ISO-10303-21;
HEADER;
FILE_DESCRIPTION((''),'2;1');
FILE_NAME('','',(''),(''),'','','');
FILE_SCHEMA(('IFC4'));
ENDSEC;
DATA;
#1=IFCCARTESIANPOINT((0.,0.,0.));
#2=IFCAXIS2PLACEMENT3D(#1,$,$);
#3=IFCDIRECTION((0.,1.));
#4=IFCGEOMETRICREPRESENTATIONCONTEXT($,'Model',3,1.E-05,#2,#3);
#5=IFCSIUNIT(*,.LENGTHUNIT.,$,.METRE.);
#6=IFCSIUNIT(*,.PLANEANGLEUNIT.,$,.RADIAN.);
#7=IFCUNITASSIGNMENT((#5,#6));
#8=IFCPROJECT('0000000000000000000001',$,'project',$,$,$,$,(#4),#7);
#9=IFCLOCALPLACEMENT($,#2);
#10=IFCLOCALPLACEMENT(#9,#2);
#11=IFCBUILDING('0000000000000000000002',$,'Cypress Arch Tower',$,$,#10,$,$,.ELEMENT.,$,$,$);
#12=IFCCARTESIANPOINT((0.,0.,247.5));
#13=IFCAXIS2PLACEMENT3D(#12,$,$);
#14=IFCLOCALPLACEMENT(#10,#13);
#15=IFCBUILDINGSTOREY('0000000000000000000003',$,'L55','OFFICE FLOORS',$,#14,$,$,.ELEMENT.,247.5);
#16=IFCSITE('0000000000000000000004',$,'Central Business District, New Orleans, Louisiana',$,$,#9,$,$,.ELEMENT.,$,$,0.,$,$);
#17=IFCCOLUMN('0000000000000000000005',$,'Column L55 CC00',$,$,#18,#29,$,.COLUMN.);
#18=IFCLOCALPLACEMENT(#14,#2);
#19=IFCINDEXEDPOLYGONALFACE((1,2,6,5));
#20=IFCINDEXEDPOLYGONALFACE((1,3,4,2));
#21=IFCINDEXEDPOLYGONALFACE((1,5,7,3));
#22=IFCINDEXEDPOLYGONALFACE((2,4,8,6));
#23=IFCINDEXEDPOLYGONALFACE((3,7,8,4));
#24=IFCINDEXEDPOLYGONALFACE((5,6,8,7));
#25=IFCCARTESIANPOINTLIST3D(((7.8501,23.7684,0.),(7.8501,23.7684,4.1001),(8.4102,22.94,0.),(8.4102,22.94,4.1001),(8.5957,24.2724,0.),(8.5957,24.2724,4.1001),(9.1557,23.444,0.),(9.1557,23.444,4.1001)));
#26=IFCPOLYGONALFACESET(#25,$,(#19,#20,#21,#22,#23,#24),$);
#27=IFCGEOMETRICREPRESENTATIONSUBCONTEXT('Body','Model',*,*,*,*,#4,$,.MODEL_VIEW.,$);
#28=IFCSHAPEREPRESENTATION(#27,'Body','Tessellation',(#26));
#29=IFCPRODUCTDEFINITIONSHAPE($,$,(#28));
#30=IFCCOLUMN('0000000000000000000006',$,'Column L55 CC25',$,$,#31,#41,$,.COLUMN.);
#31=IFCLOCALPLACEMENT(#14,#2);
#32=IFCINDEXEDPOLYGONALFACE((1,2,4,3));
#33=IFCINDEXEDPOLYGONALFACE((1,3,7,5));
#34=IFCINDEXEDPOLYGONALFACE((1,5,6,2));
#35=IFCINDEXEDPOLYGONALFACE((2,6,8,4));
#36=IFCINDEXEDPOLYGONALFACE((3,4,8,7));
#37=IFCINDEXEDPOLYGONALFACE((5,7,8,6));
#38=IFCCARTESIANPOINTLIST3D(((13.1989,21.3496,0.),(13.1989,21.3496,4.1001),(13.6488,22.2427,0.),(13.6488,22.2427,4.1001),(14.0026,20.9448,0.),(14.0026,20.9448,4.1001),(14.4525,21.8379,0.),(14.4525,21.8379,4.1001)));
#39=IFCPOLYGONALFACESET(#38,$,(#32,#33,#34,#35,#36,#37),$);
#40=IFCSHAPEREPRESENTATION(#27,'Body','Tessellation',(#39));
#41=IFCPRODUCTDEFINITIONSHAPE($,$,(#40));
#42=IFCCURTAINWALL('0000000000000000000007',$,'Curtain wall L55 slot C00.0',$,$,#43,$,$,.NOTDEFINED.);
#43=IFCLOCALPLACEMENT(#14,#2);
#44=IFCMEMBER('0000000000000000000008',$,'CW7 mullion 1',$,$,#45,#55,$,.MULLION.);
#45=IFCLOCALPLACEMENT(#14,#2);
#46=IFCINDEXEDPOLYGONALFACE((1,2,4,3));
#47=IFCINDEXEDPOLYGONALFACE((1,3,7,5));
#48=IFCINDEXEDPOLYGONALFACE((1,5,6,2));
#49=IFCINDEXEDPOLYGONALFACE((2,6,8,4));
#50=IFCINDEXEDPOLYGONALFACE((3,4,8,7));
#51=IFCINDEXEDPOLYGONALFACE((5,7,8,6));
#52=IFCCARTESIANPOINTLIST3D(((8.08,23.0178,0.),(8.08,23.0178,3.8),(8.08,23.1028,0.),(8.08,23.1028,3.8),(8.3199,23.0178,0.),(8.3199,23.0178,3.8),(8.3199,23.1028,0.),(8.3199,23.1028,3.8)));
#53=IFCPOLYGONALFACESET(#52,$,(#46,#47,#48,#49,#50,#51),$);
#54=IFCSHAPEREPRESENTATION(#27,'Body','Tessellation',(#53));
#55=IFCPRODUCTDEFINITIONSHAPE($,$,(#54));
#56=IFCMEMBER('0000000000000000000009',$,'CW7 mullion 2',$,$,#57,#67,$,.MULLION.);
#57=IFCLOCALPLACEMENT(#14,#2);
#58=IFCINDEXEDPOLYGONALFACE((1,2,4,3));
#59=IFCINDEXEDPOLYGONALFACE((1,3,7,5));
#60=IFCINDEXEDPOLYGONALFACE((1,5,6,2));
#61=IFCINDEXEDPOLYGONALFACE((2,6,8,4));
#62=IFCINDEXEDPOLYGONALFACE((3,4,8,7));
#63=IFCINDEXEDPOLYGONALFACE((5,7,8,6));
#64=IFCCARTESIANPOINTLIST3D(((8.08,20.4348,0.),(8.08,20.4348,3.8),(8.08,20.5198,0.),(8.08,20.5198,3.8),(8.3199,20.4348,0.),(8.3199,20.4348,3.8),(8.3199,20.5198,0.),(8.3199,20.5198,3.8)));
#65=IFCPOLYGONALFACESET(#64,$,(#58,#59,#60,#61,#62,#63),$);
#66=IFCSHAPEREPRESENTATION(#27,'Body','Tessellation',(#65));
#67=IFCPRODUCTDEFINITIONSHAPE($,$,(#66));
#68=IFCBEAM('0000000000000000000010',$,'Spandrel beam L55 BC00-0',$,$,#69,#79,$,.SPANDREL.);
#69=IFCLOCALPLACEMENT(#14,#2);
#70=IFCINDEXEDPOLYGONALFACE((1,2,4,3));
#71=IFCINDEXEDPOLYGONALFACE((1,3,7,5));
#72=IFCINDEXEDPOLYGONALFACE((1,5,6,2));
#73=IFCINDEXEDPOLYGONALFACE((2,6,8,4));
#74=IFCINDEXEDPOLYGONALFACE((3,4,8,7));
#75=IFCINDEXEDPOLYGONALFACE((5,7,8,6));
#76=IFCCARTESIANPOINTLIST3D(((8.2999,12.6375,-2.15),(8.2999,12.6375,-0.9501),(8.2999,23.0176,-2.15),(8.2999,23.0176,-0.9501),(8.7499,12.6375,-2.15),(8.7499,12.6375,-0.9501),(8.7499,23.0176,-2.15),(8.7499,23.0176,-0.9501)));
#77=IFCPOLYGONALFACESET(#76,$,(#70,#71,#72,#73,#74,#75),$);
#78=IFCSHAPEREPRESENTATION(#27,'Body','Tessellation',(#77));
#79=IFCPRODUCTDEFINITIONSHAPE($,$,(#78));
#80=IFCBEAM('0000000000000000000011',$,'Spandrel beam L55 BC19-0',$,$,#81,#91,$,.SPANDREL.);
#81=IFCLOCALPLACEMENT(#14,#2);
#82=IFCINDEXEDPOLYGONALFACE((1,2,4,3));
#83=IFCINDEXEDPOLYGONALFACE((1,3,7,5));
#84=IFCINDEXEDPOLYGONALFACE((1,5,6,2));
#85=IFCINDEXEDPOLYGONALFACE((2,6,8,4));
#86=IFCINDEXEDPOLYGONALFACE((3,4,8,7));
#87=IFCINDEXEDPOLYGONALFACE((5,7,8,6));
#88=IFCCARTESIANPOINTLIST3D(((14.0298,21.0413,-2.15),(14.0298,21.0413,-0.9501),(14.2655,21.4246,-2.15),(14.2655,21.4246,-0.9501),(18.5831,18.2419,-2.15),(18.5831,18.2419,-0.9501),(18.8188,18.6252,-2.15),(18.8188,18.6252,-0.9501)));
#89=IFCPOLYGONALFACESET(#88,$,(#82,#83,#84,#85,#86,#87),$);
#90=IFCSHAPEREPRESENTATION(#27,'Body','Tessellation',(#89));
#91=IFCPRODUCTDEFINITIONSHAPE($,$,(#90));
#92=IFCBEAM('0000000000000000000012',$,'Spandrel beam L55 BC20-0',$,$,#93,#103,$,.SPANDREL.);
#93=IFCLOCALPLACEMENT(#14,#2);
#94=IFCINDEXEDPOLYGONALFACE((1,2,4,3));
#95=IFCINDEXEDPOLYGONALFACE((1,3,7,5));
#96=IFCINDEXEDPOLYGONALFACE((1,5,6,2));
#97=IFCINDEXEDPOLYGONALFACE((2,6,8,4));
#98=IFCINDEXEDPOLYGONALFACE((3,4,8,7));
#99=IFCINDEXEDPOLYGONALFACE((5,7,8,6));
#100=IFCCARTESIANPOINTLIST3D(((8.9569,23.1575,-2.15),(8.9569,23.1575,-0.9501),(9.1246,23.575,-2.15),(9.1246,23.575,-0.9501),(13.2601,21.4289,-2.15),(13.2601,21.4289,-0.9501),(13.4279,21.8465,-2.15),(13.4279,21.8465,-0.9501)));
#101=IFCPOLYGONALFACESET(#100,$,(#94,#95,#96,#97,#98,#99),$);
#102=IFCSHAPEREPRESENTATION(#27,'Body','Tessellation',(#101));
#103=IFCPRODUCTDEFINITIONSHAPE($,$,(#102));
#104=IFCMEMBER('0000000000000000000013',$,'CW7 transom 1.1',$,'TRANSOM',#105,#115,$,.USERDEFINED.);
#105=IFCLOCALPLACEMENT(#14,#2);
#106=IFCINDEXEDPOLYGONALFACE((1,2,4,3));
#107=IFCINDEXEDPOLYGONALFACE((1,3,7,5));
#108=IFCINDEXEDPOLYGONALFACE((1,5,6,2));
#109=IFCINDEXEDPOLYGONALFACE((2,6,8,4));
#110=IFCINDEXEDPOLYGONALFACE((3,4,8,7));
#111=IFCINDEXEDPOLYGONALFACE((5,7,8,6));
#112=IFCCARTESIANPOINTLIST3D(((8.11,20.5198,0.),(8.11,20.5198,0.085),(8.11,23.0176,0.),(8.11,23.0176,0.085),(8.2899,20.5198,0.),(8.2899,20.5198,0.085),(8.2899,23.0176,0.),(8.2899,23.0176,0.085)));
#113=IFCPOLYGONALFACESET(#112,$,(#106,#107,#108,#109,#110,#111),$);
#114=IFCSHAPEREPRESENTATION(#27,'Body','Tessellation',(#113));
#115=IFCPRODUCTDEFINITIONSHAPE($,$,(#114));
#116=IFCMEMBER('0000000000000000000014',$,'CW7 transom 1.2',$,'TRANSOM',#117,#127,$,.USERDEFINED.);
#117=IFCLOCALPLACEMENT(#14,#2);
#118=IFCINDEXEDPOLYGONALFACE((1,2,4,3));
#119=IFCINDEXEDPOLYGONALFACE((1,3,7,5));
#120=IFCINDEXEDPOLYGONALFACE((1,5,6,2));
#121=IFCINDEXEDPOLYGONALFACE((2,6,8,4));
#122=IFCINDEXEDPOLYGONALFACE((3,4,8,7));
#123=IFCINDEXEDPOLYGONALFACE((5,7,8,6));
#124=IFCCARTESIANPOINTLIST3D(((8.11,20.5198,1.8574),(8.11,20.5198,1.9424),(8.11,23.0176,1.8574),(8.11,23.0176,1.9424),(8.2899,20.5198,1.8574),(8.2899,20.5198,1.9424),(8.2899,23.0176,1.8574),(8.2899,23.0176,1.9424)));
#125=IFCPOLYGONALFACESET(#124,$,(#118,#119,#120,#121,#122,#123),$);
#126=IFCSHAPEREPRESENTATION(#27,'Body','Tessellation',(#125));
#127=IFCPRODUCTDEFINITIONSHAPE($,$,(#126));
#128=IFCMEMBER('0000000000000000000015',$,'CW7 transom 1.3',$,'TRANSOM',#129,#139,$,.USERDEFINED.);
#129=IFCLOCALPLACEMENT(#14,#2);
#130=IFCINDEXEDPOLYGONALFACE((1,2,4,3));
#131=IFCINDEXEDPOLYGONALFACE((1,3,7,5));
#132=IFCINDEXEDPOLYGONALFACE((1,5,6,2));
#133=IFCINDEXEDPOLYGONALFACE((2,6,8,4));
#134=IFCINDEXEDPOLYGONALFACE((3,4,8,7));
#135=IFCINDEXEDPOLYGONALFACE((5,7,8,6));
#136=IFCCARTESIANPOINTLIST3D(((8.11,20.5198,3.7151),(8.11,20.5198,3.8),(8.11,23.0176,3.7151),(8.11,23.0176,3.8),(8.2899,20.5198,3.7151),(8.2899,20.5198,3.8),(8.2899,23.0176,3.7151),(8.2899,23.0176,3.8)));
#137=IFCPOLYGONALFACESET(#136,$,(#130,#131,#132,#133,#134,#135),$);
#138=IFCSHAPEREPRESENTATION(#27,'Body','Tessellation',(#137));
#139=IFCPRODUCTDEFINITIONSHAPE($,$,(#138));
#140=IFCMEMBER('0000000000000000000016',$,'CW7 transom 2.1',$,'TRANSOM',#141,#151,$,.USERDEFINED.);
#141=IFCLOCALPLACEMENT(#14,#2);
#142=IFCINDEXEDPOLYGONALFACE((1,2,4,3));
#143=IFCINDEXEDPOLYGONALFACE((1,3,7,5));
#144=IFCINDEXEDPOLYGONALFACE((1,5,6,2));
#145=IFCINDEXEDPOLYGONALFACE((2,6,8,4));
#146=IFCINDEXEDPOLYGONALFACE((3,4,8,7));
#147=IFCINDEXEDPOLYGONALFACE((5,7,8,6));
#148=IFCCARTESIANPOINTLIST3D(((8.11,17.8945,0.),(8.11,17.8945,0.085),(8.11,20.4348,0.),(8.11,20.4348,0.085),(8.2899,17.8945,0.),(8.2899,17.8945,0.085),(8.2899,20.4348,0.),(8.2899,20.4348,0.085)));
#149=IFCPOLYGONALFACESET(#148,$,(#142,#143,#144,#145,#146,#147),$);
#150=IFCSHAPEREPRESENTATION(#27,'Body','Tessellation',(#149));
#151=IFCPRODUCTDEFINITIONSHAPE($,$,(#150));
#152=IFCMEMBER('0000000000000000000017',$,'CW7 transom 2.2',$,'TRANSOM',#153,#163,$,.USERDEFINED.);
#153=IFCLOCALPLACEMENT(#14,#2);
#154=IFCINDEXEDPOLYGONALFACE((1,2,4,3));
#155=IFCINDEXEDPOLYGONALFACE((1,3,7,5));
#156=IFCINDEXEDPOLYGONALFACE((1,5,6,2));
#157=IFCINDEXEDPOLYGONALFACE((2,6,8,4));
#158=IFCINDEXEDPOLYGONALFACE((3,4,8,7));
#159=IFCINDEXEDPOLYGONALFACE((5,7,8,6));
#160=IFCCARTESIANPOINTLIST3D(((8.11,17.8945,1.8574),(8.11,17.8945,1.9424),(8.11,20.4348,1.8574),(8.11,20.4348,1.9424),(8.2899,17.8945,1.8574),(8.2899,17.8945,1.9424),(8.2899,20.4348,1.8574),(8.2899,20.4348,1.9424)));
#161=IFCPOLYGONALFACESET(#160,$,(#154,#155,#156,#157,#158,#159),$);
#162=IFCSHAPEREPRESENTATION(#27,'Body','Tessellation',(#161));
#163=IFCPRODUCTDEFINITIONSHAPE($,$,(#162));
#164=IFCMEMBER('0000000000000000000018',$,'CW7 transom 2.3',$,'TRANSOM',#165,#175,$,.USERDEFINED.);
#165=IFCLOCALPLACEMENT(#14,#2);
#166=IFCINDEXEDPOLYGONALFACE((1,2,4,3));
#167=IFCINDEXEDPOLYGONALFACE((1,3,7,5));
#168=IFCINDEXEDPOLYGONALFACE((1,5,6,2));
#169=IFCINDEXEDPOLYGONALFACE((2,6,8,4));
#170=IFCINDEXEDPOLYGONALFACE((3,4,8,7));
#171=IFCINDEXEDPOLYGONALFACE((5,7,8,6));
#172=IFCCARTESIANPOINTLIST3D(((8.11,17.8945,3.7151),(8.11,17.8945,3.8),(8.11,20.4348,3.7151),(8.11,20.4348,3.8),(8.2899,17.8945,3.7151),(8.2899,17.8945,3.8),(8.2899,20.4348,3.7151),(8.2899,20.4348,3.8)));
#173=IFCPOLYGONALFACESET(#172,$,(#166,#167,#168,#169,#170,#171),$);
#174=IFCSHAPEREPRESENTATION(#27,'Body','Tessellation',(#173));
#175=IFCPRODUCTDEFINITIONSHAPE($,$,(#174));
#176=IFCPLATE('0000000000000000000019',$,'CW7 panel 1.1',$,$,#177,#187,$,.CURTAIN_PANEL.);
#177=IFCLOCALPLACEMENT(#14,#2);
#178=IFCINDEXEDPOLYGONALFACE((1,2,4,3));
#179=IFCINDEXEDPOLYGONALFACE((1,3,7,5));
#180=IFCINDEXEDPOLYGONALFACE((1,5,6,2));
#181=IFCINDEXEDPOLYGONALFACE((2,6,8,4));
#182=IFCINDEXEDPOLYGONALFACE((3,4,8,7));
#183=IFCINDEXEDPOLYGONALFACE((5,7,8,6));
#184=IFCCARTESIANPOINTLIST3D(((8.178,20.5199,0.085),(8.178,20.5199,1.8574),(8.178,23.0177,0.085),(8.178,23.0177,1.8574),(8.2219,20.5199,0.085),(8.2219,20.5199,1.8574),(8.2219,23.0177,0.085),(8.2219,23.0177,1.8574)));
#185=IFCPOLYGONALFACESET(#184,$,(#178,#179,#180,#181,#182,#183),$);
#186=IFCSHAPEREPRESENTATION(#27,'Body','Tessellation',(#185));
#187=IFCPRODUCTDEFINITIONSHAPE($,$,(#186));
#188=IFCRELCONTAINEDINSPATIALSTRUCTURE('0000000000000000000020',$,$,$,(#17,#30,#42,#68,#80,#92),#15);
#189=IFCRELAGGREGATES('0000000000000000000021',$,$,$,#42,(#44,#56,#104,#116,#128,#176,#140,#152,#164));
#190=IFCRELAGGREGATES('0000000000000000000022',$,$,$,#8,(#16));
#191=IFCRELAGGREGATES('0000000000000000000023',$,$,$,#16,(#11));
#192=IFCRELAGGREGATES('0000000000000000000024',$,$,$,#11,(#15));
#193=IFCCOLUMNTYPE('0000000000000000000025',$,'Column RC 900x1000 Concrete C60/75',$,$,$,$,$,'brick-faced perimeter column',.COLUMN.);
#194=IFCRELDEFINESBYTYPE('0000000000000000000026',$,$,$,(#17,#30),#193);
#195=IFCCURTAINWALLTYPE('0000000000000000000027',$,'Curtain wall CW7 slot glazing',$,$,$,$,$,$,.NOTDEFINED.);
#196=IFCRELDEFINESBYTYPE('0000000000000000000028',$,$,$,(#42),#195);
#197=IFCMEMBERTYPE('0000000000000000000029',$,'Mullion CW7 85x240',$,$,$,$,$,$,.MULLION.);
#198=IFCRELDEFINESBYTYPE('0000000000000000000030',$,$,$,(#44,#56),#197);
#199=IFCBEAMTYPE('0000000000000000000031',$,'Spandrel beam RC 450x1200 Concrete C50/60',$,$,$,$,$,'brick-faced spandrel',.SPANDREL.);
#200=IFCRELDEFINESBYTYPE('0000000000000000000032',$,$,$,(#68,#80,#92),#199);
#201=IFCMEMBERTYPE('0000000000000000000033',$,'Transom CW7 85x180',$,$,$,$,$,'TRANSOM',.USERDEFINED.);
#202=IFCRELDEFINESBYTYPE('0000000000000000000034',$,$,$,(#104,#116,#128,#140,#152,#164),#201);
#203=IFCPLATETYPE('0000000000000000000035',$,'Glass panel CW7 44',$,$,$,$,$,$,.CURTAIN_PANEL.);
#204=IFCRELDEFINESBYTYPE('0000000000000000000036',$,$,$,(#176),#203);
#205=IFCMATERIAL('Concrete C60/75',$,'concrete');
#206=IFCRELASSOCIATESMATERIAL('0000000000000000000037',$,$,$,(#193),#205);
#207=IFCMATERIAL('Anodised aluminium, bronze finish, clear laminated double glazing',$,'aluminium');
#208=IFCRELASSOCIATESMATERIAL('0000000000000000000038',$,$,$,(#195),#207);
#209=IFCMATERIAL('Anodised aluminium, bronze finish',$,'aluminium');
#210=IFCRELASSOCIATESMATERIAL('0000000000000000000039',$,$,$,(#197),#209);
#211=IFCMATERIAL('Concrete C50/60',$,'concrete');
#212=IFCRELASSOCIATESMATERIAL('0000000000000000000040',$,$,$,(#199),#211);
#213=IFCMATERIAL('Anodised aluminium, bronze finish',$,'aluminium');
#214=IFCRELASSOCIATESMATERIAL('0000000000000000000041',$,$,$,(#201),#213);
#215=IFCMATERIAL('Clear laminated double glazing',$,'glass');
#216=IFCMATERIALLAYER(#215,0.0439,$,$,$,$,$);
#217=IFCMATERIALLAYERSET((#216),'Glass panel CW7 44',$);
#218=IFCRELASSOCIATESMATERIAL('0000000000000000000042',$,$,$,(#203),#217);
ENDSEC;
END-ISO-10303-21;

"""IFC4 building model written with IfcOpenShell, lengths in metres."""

from ifc_helpers import new_model, si_unit, direction, frame, origin, origin_2d, place, context, subcontext, project, spatial, rectangle, extrude, material, layer, layer_set, material_profile, profile_set, type_object, element, aggregate, save


model = new_model("IFC4")

# Units and contexts
model_context = context("Model", 3, precision=1e-05, world=origin(), true_north=direction((0.0, 1.0)))
body_context = subcontext(model_context, "Body", "Model", "MODEL_VIEW")
ifc_project = project(units=[si_unit("LENGTHUNIT", "METRE"), si_unit("PLANEANGLEUNIT", "RADIAN")], contexts=[model_context])

# Site, building, storey
site_placement = place(None, origin())
site = spatial("IfcSite", under=ifc_project, at=site_placement, Name="Central Business District, New Orleans, Louisiana", CompositionType="ELEMENT", RefElevation=0.0)
building_placement = place(site_placement, origin())
building = spatial("IfcBuilding", under=site, at=building_placement, Name="Cypress Arch Tower", CompositionType="ELEMENT")
storey_placement = place(building_placement, frame((0.0, 0.0, 247.5)))
storey = spatial("IfcBuildingStorey", under=building, at=storey_placement, Name="L55", Description="OFFICE FLOORS", CompositionType="ELEMENT", Elevation=247.5)

# Columns
ifc_material_1 = material(Name="Concrete C60/75", Category="concrete")
ifc_material_profile_1 = material_profile(ifc_material_1, rectangle(XDim=0.8999, YDim=1.0, at=origin_2d()), Name="RC 900x1000")
ifc_profile_set_1 = profile_set([ifc_material_profile_1], Name="Concrete C60/75")
column_type = type_object("IfcColumnType", Name="Column RC 900x1000 Concrete C60/75", ElementType="brick-faced perimeter column", PredefinedType="COLUMN", material=ifc_profile_set_1)
for number, where, z_axis, x_axis, name in (
    (1, (8.5029, 23.6062, 0.0), (0.0, 0.0, 1.0), (-0.82847, -0.560034, 0.0), "Column L55 CC00"),
    (2, (13.8257, 21.5938, 0.0), (0.0, 0.0, 1.0), (-0.893106, 0.449845, 0.0), "Column L55 CC25"),
):
    element("IfcColumn", number, at=place(storey_placement, frame(where, z_axis=z_axis, x_axis=x_axis)), inside=storey, type_object=column_type, Name=name, PredefinedType="COLUMN", context=body_context, shape_type="SweptSolid", body=[
        extrude(rectangle(XDim=0.8999, YDim=1.0, at=origin_2d()), origin(), (0.0, 0.0, 1.0), 4.1001),
    ])

# Curtain wall, members
ifc_material_2 = material(Name="Anodised aluminium, bronze finish, clear laminated double glazing", Category="aluminium")
curtain_wall_type = type_object("IfcCurtainWallType", Name="Curtain wall CW7 slot glazing", PredefinedType="NOTDEFINED", material=ifc_material_2)
curtain_wall_placement = place(storey_placement, origin())
curtain_wall = element("IfcCurtainWall", 3, at=curtain_wall_placement, inside=storey, type_object=curtain_wall_type, Name="Curtain wall L55 slot C00.0", PredefinedType="NOTDEFINED")
ifc_material_3 = material(Name="Anodised aluminium, bronze finish", Category="aluminium")
ifc_material_profile_2 = material_profile(ifc_material_3, rectangle(XDim=0.24, YDim=0.085, at=origin_2d()), Name="Mullion 85x240")
ifc_profile_set_2 = profile_set([ifc_material_profile_2], Name="Anodised aluminium, bronze finish")
member_type_1 = type_object("IfcMemberType", Name="Mullion CW7 85x240", PredefinedType="MULLION", material=ifc_profile_set_2)
member_1_placement = place(storey_placement, frame((8.2, 23.0603, 0.0), z_axis=(0.0, 0.0, 1.0), x_axis=(1.0, 0.0, 0.0)))
member_1 = element("IfcMember", 4, at=member_1_placement, type_object=member_type_1, Name="CW7 mullion 1", PredefinedType="MULLION", context=body_context, shape_type="SweptSolid", body=[
    extrude(rectangle(XDim=0.24, YDim=0.085, at=origin_2d()), origin(), (0.0, 0.0, 1.0), 3.8),
])
member_2_placement = place(storey_placement, frame((8.2, 20.4773, 0.0), z_axis=(0.0, 0.0, 1.0), x_axis=(1.0, 0.0, 0.0)))
member_2 = element("IfcMember", 5, at=member_2_placement, type_object=member_type_1, Name="CW7 mullion 2", PredefinedType="MULLION", context=body_context, shape_type="SweptSolid", body=[
    extrude(rectangle(XDim=0.24, YDim=0.085, at=origin_2d()), origin(), (0.0, 0.0, 1.0), 3.8),
])

# Beams
ifc_material_4 = material(Name="Concrete C50/60", Category="concrete")
ifc_material_profile_3 = material_profile(ifc_material_4, rectangle(XDim=0.45, YDim=1.2, at=origin_2d()), Name="RC 450x1200")
ifc_profile_set_3 = profile_set([ifc_material_profile_3], Name="Concrete C50/60")
beam_type = type_object("IfcBeamType", Name="Spandrel beam RC 450x1200 Concrete C50/60", ElementType="brick-faced spandrel", PredefinedType="SPANDREL", material=ifc_profile_set_3)
beam_1_placement = place(storey_placement, frame((8.5249, 23.0176, -1.55), z_axis=(0.0, -1.0, 0.0), x_axis=(1.0, 0.0, 0.0)))
element("IfcBeam", 6, at=beam_1_placement, inside=storey, type_object=beam_type, Name="Spandrel beam L55 BC00-0", PredefinedType="SPANDREL", context=body_context, shape_type="SweptSolid", body=[
    extrude(rectangle(XDim=0.45, YDim=1.2, at=origin_2d()), origin(), (0.0, 0.0, 1.0), 10.3801),
])
beam_2_placement = place(storey_placement, frame((18.7009, 18.4336, -1.55), z_axis=(-0.851881, 0.523735, 0.0), x_axis=(-0.523735, -0.851881, 0.0)))
element("IfcBeam", 7, at=beam_2_placement, inside=storey, type_object=beam_type, Name="Spandrel beam L55 BC19-0", PredefinedType="SPANDREL", context=body_context, shape_type="SweptSolid", body=[
    extrude(rectangle(XDim=0.45, YDim=1.2, at=origin_2d()), origin(), (0.0, 0.0, 1.0), 5.345),
])
beam_3_placement = place(storey_placement, frame((13.344, 21.6377, -1.55), z_axis=(-0.927938, 0.372734, 0.0), x_axis=(-0.372734, -0.927938, 0.0)))
element("IfcBeam", 8, at=beam_3_placement, inside=storey, type_object=beam_type, Name="Spandrel beam L55 BC20-0", PredefinedType="SPANDREL", context=body_context, shape_type="SweptSolid", body=[
    extrude(rectangle(XDim=0.45, YDim=1.2, at=origin_2d()), origin(), (0.0, 0.0, 1.0), 4.6375),
])

# Members
ifc_material_5 = material(Name="Anodised aluminium, bronze finish", Category="aluminium")
ifc_material_profile_4 = material_profile(ifc_material_5, rectangle(XDim=0.1799, YDim=0.085, at=origin_2d()), Name="Transom 85x180")
ifc_profile_set_4 = profile_set([ifc_material_profile_4], Name="Anodised aluminium, bronze finish")
member_type_2 = type_object("IfcMemberType", Name="Transom CW7 85x180", ElementType="TRANSOM", PredefinedType="USERDEFINED", material=ifc_profile_set_4)
member_3_placement = place(storey_placement, frame((8.2, 23.0176, 0.0425), z_axis=(0.0, -1.0, 0.0), x_axis=(1.0, 0.0, 0.0)))
member_3 = element("IfcMember", 9, at=member_3_placement, type_object=member_type_2, Name="CW7 transom 1.1", ObjectType="TRANSOM", PredefinedType="USERDEFINED", context=body_context, shape_type="SweptSolid", body=[
    extrude(rectangle(XDim=0.1799, YDim=0.085, at=origin_2d()), origin(), (0.0, 0.0, 1.0), 2.4978),
])
member_4_placement = place(storey_placement, frame((8.2, 23.0176, 1.8999), z_axis=(0.0, -1.0, 0.0), x_axis=(1.0, 0.0, 0.0)))
member_4 = element("IfcMember", 10, at=member_4_placement, type_object=member_type_2, Name="CW7 transom 1.2", ObjectType="TRANSOM", PredefinedType="USERDEFINED", context=body_context, shape_type="SweptSolid", body=[
    extrude(rectangle(XDim=0.1799, YDim=0.085, at=origin_2d()), origin(), (0.0, 0.0, 1.0), 2.4978),
])
member_5_placement = place(storey_placement, frame((8.2, 23.0176, 3.7576), z_axis=(0.0, -1.0, 0.0), x_axis=(1.0, 0.0, 0.0)))
member_5 = element("IfcMember", 11, at=member_5_placement, type_object=member_type_2, Name="CW7 transom 1.3", ObjectType="TRANSOM", PredefinedType="USERDEFINED", context=body_context, shape_type="SweptSolid", body=[
    extrude(rectangle(XDim=0.1799, YDim=0.085, at=origin_2d()), origin(), (0.0, 0.0, 1.0), 2.4978),
])
member_6_placement = place(storey_placement, frame((8.2, 20.4348, 0.0425), z_axis=(0.0, -1.0, 0.0), x_axis=(1.0, 0.0, 0.0)))
member_6 = element("IfcMember", 12, at=member_6_placement, type_object=member_type_2, Name="CW7 transom 2.1", ObjectType="TRANSOM", PredefinedType="USERDEFINED", context=body_context, shape_type="SweptSolid", body=[
    extrude(rectangle(XDim=0.1799, YDim=0.085, at=origin_2d()), origin(), (0.0, 0.0, 1.0), 2.5403),
])
member_7_placement = place(storey_placement, frame((8.2, 20.4348, 1.8999), z_axis=(0.0, -1.0, 0.0), x_axis=(1.0, 0.0, 0.0)))
member_7 = element("IfcMember", 13, at=member_7_placement, type_object=member_type_2, Name="CW7 transom 2.2", ObjectType="TRANSOM", PredefinedType="USERDEFINED", context=body_context, shape_type="SweptSolid", body=[
    extrude(rectangle(XDim=0.1799, YDim=0.085, at=origin_2d()), origin(), (0.0, 0.0, 1.0), 2.5403),
])
member_8_placement = place(storey_placement, frame((8.2, 20.4348, 3.7576), z_axis=(0.0, -1.0, 0.0), x_axis=(1.0, 0.0, 0.0)))
member_8 = element("IfcMember", 14, at=member_8_placement, type_object=member_type_2, Name="CW7 transom 2.3", ObjectType="TRANSOM", PredefinedType="USERDEFINED", context=body_context, shape_type="SweptSolid", body=[
    extrude(rectangle(XDim=0.1799, YDim=0.085, at=origin_2d()), origin(), (0.0, 0.0, 1.0), 2.5403),
])

# Plate
ifc_material_6 = material(Name="Clear laminated double glazing", Category="glass")
ifc_layer_1 = layer(ifc_material_6, 0.0439)
ifc_layer_set_1 = layer_set([ifc_layer_1], Name="Glass panel CW7 44")
plate_type = type_object("IfcPlateType", Name="Glass panel CW7 44", PredefinedType="CURTAIN_PANEL", material=ifc_layer_set_1)
plate_1_placement = place(storey_placement, frame((8.2, 21.7688, 0.085), z_axis=(0.0, 0.0, 1.0), x_axis=(0.0, -1.0, 0.0)))
plate_1 = element("IfcPlate", 15, at=plate_1_placement, type_object=plate_type, Name="CW7 panel 1.1", PredefinedType="CURTAIN_PANEL", context=body_context, shape_type="SweptSolid", body=[
    extrude(rectangle(XDim=2.4978, YDim=0.0439, at=origin_2d()), origin(), (0.0, 0.0, 1.0), 1.7725),
])
aggregate(curtain_wall, [member_1, member_2, member_3, member_4, member_5, plate_1, member_6, member_7, member_8])

save(model, "model.ifc")
